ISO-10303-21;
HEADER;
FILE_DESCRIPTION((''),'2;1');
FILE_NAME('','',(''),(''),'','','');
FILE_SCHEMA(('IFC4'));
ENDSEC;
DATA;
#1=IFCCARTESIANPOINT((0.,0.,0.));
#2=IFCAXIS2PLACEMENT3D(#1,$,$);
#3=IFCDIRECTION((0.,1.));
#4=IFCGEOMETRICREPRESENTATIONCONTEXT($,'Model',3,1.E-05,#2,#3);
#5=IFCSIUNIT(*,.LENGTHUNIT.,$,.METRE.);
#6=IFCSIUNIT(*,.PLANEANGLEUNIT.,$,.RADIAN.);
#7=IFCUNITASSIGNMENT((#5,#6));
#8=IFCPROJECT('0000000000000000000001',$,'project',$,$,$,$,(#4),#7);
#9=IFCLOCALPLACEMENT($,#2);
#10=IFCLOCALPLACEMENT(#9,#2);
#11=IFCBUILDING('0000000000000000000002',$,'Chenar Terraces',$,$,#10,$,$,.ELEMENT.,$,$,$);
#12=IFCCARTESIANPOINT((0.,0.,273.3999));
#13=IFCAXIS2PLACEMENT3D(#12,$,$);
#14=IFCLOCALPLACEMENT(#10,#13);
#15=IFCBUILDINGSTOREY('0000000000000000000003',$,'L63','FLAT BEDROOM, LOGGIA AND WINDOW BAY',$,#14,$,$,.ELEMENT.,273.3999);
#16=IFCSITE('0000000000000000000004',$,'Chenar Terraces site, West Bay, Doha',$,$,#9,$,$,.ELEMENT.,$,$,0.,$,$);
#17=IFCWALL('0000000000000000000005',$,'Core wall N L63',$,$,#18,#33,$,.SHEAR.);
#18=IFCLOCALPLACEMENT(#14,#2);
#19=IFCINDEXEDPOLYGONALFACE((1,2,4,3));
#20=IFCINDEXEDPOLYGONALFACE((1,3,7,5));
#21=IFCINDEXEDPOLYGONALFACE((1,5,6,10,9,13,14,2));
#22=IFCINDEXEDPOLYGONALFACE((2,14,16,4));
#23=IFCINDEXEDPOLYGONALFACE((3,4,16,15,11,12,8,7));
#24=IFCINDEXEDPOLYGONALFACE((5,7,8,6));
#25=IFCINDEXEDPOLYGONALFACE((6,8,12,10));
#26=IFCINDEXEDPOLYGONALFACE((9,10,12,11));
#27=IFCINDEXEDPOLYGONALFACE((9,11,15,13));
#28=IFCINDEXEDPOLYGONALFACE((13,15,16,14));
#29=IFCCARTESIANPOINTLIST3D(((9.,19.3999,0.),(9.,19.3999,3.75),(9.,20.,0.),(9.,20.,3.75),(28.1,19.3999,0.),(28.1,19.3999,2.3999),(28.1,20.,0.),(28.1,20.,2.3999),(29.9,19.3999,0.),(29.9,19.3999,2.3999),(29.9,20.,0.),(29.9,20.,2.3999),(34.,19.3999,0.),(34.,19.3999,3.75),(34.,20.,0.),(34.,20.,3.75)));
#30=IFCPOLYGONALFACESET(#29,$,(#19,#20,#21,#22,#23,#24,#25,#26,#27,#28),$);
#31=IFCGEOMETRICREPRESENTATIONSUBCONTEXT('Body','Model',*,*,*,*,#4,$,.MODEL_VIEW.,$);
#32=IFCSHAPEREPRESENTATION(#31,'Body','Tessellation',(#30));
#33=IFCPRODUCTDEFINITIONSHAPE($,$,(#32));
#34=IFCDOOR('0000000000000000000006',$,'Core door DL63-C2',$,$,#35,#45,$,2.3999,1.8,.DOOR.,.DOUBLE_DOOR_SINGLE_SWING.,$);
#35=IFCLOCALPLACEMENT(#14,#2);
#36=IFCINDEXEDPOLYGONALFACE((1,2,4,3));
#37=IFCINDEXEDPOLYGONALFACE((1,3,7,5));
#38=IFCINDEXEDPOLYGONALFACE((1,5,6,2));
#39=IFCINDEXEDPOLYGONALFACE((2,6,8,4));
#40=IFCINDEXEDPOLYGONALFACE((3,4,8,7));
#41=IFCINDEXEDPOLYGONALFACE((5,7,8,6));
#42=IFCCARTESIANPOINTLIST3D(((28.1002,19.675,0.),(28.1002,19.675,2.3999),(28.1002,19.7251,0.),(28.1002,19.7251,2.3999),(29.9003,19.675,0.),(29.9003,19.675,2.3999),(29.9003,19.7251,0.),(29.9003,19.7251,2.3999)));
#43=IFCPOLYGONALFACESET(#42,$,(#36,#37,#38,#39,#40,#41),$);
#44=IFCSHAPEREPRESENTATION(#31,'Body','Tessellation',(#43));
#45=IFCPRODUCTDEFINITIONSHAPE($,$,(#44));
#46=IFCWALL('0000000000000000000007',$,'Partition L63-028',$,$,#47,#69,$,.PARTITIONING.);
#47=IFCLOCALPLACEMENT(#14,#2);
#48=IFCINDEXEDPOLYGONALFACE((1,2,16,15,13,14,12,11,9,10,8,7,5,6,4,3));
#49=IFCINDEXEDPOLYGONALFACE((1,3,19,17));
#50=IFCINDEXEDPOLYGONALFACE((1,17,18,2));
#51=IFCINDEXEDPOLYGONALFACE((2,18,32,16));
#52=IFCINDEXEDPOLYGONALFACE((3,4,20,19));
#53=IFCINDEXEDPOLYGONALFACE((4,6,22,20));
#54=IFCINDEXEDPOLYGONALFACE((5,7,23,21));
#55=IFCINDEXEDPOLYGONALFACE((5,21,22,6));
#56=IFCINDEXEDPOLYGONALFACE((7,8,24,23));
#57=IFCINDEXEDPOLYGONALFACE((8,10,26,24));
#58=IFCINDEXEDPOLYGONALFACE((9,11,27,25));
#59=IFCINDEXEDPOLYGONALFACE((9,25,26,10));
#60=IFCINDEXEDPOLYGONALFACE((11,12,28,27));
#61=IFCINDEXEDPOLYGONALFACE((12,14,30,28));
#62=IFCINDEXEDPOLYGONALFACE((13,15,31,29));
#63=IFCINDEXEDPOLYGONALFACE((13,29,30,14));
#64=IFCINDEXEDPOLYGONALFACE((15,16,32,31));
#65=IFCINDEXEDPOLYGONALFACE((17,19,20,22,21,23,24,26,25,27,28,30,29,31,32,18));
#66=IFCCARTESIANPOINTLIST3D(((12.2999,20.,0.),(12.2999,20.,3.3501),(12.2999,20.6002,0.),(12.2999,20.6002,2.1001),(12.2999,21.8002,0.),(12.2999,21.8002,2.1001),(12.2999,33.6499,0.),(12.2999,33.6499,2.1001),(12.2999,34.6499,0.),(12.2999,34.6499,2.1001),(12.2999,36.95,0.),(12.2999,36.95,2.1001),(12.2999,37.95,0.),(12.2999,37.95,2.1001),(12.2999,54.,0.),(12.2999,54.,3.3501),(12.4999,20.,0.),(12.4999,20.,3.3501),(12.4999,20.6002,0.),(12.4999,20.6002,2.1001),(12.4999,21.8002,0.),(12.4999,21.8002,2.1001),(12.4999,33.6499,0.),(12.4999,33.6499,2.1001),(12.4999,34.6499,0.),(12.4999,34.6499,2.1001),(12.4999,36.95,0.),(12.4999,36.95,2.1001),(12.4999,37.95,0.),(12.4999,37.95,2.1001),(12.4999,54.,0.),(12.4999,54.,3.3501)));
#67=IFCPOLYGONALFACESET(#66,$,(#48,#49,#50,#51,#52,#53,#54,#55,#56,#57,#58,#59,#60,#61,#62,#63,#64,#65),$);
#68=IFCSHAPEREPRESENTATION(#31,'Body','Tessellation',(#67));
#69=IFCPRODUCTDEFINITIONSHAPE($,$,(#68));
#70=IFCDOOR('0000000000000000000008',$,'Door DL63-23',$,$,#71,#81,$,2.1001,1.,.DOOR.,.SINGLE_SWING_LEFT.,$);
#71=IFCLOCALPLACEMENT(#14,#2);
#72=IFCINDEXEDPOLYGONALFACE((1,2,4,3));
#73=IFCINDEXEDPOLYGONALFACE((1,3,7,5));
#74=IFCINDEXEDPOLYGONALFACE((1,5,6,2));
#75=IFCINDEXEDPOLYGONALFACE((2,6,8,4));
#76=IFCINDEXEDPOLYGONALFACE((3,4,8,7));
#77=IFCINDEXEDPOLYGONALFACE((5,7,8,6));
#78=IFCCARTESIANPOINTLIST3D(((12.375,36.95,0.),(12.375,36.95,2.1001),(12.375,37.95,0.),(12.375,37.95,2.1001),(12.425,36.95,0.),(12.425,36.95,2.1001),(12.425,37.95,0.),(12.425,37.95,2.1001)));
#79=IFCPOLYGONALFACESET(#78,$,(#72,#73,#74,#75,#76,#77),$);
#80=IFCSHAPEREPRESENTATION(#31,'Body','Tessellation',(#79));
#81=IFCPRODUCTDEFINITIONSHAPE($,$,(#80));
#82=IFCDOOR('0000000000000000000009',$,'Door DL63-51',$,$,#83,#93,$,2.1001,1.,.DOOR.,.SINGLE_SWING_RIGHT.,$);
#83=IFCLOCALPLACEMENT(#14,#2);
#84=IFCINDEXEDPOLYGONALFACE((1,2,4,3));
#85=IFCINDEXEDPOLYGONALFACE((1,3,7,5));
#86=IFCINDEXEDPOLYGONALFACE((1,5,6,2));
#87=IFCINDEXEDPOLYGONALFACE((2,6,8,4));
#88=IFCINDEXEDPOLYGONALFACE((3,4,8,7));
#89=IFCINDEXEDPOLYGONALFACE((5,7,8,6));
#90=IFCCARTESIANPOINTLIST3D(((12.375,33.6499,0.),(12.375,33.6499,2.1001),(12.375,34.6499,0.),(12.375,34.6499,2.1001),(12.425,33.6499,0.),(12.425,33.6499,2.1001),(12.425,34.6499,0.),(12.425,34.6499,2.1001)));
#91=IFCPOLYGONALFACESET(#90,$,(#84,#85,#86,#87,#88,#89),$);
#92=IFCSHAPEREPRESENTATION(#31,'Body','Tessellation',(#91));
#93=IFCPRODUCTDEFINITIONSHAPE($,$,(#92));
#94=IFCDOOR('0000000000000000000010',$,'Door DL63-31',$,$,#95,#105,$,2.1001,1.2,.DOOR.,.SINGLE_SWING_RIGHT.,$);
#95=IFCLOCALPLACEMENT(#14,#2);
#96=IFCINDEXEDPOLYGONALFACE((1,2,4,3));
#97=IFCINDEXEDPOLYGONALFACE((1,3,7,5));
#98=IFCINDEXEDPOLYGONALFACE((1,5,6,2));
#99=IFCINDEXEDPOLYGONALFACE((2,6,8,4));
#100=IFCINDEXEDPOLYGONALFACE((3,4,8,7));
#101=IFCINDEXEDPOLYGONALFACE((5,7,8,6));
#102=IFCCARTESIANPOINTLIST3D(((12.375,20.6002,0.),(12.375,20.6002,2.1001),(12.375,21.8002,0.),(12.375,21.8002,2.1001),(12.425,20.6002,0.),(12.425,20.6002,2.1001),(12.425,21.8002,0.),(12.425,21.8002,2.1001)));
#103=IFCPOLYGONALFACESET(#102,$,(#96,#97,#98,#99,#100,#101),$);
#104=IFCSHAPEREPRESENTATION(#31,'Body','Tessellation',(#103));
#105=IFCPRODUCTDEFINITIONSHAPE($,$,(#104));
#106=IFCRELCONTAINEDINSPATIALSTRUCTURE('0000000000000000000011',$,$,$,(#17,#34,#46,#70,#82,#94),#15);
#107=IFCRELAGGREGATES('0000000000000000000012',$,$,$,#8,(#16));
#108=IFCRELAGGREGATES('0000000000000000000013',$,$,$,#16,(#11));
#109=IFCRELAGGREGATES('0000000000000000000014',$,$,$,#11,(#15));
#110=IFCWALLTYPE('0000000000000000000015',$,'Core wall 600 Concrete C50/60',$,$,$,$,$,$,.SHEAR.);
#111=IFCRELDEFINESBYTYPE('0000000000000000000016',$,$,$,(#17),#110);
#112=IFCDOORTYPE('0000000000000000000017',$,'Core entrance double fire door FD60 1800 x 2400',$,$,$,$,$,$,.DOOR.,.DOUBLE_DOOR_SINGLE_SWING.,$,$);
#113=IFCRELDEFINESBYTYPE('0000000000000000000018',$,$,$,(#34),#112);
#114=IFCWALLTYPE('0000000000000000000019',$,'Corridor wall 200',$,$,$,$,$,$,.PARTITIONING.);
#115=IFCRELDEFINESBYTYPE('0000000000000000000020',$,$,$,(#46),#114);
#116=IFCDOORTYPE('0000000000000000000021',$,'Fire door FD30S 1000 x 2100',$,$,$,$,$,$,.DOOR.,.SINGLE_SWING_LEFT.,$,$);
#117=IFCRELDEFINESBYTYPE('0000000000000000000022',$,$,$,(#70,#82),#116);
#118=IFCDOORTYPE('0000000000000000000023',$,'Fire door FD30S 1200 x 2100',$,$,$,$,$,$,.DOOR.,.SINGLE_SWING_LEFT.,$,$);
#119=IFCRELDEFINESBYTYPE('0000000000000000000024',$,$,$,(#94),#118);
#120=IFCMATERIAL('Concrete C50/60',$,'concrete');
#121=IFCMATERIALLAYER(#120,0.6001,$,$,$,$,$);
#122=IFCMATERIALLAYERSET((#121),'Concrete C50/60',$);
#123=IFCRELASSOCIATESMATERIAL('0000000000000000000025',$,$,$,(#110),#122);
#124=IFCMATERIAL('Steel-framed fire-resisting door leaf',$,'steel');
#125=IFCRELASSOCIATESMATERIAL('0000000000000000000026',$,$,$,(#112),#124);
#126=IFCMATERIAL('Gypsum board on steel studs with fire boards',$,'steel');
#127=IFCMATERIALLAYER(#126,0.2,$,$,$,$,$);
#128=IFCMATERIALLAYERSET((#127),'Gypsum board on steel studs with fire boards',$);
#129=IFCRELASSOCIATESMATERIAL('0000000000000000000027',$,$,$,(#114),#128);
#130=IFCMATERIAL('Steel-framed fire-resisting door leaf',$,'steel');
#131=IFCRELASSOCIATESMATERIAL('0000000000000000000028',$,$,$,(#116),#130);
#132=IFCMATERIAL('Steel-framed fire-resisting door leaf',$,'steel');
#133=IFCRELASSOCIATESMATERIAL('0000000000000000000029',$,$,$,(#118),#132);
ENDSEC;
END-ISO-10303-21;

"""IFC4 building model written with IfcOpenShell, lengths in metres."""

from ifc_helpers import new_model, si_unit, direction, frame, frame_2d, origin, place, context, subcontext, project, spatial, rectangle, extrude, material, layer, layer_set, type_object, element, fill, save


model = new_model("IFC4")

# Units and contexts
model_context = context("Model", 3, precision=1e-05, world=origin(), true_north=direction((0.0, 1.0)))
body_context = subcontext(model_context, "Body", "Model", "MODEL_VIEW")
ifc_project = project(units=[si_unit("LENGTHUNIT", "METRE"), si_unit("PLANEANGLEUNIT", "RADIAN")], contexts=[model_context])

# Site, building, storey
site_placement = place(None, origin())
site = spatial("IfcSite", under=ifc_project, at=site_placement, Name="Chenar Terraces site, West Bay, Doha", CompositionType="ELEMENT", RefElevation=0.0)
building_placement = place(site_placement, origin())
building = spatial("IfcBuilding", under=site, at=building_placement, Name="Chenar Terraces", CompositionType="ELEMENT")
storey_placement = place(building_placement, frame((0.0, 0.0, 273.3999)))
storey = spatial("IfcBuildingStorey", under=building, at=storey_placement, Name="L63", Description="FLAT BEDROOM, LOGGIA AND WINDOW BAY", CompositionType="ELEMENT", Elevation=273.3999)

# Wall, opening, door
ifc_material_1 = material(Name="Concrete C50/60", Category="concrete")
ifc_layer_1 = layer(ifc_material_1, 0.6001)
ifc_layer_set_1 = layer_set([ifc_layer_1], Name="Concrete C50/60")
wall_type_1 = type_object("IfcWallType", Name="Core wall 600 Concrete C50/60", PredefinedType="SHEAR", material=ifc_layer_set_1)
wall_1_placement = place(storey_placement, frame((9.0, 19.7, 0.0), z_axis=(0.0, 0.0, 1.0), x_axis=(1.0, 0.0, 0.0)))
wall_1 = element("IfcWall", 1, at=wall_1_placement, inside=storey, type_object=wall_type_1, Name="Core wall N L63", PredefinedType="SHEAR", context=body_context, shape_type="SweptSolid", body=[
    extrude(rectangle(XDim=25.0, YDim=0.6001, at=frame_2d((12.5, 0.0))), origin(), (0.0, 0.0, 1.0), 3.75),
])
opening_1_placement = place(wall_1_placement, frame((19.1001, 0.0, 0.0)))
opening_1 = element("IfcOpeningElement", 2, at=opening_1_placement, cuts=wall_1, PredefinedType="OPENING", context=body_context, shape_type="SweptSolid", body=[
    extrude(rectangle(XDim=1.8, YDim=2.3999, at=frame_2d((0.8999, 1.2))), frame((0.0, 0.3101, 0.0), z_axis=(0.0, -1.0, 0.0), x_axis=(1.0, 0.0, 0.0)), (0.0, 0.0, 1.0), 0.6201),
])
ifc_material_2 = material(Name="Steel-framed fire-resisting door leaf", Category="steel")
door_type_1 = type_object("IfcDoorType", Name="Core entrance double fire door FD60 1800 x 2400", OperationType="DOUBLE_DOOR_SINGLE_SWING", PredefinedType="DOOR", material=ifc_material_2)
door_1_placement = place(opening_1_placement, frame((1.8, 0.0, 0.0), z_axis=(0.0, 0.0, 1.0), x_axis=(-1.0, 0.0, 0.0)))
door_1 = element("IfcDoor", 3, at=door_1_placement, inside=storey, type_object=door_type_1, Name="Core door DL63-C2", OperationType="DOUBLE_DOOR_SINGLE_SWING", OverallHeight=2.3999, OverallWidth=1.8, PredefinedType="DOOR", context=body_context, shape_type="SweptSolid", body=[
    extrude(rectangle(XDim=1.8, YDim=2.3999, at=frame_2d((0.8999, 1.2))), frame((0.0, 0.0249, 0.0), z_axis=(0.0, -1.0, 0.0), x_axis=(1.0, 0.0, 0.0)), (0.0, 0.0, 1.0), 0.05),
])
fill(opening_1, door_1)

# Wall, openings, doors
ifc_material_3 = material(Name="Gypsum board on steel studs with fire boards", Category="steel")
ifc_layer_2 = layer(ifc_material_3, 0.2)
ifc_layer_set_2 = layer_set([ifc_layer_2], Name="Gypsum board on steel studs with fire boards")
wall_type_2 = type_object("IfcWallType", Name="Corridor wall 200", PredefinedType="PARTITIONING", material=ifc_layer_set_2)
wall_2_placement = place(storey_placement, frame((12.3999, 20.0, 0.0), z_axis=(0.0, 0.0, 1.0), x_axis=(0.0, 1.0, 0.0)))
wall_2 = element("IfcWall", 4, at=wall_2_placement, inside=storey, type_object=wall_type_2, Name="Partition L63-028", PredefinedType="PARTITIONING", context=body_context, shape_type="SweptSolid", body=[
    extrude(rectangle(XDim=34.0, YDim=0.2, at=frame_2d((17.0, 0.0))), origin(), (0.0, 0.0, 1.0), 3.3501),
])
opening_2_placement = place(wall_2_placement, frame((16.95, 0.0, 0.0)))
opening_2 = element("IfcOpeningElement", 5, at=opening_2_placement, cuts=wall_2, PredefinedType="OPENING", context=body_context, shape_type="SweptSolid", body=[
    extrude(rectangle(XDim=1.0, YDim=2.1001, at=frame_2d((0.5, 1.05))), frame((0.0, 0.1099, 0.0), z_axis=(0.0, -1.0, 0.0), x_axis=(1.0, 0.0, 0.0)), (0.0, 0.0, 1.0), 0.22),
])
opening_3_placement = place(wall_2_placement, frame((0.6001, 0.0, 0.0)))
opening_3 = element("IfcOpeningElement", 6, at=opening_3_placement, cuts=wall_2, PredefinedType="OPENING", context=body_context, shape_type="SweptSolid", body=[
    extrude(rectangle(XDim=1.2, YDim=2.1001, at=frame_2d((0.6001, 1.05))), frame((0.0, 0.1099, 0.0), z_axis=(0.0, -1.0, 0.0), x_axis=(1.0, 0.0, 0.0)), (0.0, 0.0, 1.0), 0.22),
])
opening_4_placement = place(wall_2_placement, frame((13.6499, 0.0, 0.0)))
opening_4 = element("IfcOpeningElement", 7, at=opening_4_placement, cuts=wall_2, PredefinedType="OPENING", context=body_context, shape_type="SweptSolid", body=[
    extrude(rectangle(XDim=1.0, YDim=2.1001, at=frame_2d((0.5, 1.05))), frame((0.0, 0.1099, 0.0), z_axis=(0.0, -1.0, 0.0), x_axis=(1.0, 0.0, 0.0)), (0.0, 0.0, 1.0), 0.22),
])
ifc_material_4 = material(Name="Steel-framed fire-resisting door leaf", Category="steel")
door_type_2 = type_object("IfcDoorType", Name="Fire door FD30S 1000 x 2100", OperationType="SINGLE_SWING_LEFT", PredefinedType="DOOR", material=ifc_material_4)
door_2_placement = place(opening_2_placement, origin())
door_2 = element("IfcDoor", 8, at=door_2_placement, inside=storey, type_object=door_type_2, Name="Door DL63-23", OperationType="SINGLE_SWING_LEFT", OverallHeight=2.1001, OverallWidth=1.0, PredefinedType="DOOR", context=body_context, shape_type="SweptSolid", body=[
    extrude(rectangle(XDim=1.0, YDim=2.1001, at=frame_2d((0.5, 1.05))), frame((0.0, 0.0249, 0.0), z_axis=(0.0, -1.0, 0.0), x_axis=(1.0, 0.0, 0.0)), (0.0, 0.0, 1.0), 0.05),
])
fill(opening_2, door_2)
door_3_placement = place(opening_4_placement, origin())
door_3 = element("IfcDoor", 9, at=door_3_placement, inside=storey, type_object=door_type_2, Name="Door DL63-51", OperationType="SINGLE_SWING_RIGHT", OverallHeight=2.1001, OverallWidth=1.0, PredefinedType="DOOR", context=body_context, shape_type="SweptSolid", body=[
    extrude(rectangle(XDim=1.0, YDim=2.1001, at=frame_2d((0.5, 1.05))), frame((0.0, 0.0249, 0.0), z_axis=(0.0, -1.0, 0.0), x_axis=(1.0, 0.0, 0.0)), (0.0, 0.0, 1.0), 0.05),
])
fill(opening_4, door_3)
ifc_material_5 = material(Name="Steel-framed fire-resisting door leaf", Category="steel")
door_type_3 = type_object("IfcDoorType", Name="Fire door FD30S 1200 x 2100", OperationType="SINGLE_SWING_LEFT", PredefinedType="DOOR", material=ifc_material_5)
door_4_placement = place(opening_3_placement, origin())
door_4 = element("IfcDoor", 10, at=door_4_placement, inside=storey, type_object=door_type_3, Name="Door DL63-31", OperationType="SINGLE_SWING_RIGHT", OverallHeight=2.1001, OverallWidth=1.2, PredefinedType="DOOR", context=body_context, shape_type="SweptSolid", body=[
    extrude(rectangle(XDim=1.2, YDim=2.1001, at=frame_2d((0.6001, 1.05))), frame((0.0, 0.0249, 0.0), z_axis=(0.0, -1.0, 0.0), x_axis=(1.0, 0.0, 0.0)), (0.0, 0.0, 1.0), 0.05),
])
fill(opening_3, door_4)

save(model, "model.ifc")
